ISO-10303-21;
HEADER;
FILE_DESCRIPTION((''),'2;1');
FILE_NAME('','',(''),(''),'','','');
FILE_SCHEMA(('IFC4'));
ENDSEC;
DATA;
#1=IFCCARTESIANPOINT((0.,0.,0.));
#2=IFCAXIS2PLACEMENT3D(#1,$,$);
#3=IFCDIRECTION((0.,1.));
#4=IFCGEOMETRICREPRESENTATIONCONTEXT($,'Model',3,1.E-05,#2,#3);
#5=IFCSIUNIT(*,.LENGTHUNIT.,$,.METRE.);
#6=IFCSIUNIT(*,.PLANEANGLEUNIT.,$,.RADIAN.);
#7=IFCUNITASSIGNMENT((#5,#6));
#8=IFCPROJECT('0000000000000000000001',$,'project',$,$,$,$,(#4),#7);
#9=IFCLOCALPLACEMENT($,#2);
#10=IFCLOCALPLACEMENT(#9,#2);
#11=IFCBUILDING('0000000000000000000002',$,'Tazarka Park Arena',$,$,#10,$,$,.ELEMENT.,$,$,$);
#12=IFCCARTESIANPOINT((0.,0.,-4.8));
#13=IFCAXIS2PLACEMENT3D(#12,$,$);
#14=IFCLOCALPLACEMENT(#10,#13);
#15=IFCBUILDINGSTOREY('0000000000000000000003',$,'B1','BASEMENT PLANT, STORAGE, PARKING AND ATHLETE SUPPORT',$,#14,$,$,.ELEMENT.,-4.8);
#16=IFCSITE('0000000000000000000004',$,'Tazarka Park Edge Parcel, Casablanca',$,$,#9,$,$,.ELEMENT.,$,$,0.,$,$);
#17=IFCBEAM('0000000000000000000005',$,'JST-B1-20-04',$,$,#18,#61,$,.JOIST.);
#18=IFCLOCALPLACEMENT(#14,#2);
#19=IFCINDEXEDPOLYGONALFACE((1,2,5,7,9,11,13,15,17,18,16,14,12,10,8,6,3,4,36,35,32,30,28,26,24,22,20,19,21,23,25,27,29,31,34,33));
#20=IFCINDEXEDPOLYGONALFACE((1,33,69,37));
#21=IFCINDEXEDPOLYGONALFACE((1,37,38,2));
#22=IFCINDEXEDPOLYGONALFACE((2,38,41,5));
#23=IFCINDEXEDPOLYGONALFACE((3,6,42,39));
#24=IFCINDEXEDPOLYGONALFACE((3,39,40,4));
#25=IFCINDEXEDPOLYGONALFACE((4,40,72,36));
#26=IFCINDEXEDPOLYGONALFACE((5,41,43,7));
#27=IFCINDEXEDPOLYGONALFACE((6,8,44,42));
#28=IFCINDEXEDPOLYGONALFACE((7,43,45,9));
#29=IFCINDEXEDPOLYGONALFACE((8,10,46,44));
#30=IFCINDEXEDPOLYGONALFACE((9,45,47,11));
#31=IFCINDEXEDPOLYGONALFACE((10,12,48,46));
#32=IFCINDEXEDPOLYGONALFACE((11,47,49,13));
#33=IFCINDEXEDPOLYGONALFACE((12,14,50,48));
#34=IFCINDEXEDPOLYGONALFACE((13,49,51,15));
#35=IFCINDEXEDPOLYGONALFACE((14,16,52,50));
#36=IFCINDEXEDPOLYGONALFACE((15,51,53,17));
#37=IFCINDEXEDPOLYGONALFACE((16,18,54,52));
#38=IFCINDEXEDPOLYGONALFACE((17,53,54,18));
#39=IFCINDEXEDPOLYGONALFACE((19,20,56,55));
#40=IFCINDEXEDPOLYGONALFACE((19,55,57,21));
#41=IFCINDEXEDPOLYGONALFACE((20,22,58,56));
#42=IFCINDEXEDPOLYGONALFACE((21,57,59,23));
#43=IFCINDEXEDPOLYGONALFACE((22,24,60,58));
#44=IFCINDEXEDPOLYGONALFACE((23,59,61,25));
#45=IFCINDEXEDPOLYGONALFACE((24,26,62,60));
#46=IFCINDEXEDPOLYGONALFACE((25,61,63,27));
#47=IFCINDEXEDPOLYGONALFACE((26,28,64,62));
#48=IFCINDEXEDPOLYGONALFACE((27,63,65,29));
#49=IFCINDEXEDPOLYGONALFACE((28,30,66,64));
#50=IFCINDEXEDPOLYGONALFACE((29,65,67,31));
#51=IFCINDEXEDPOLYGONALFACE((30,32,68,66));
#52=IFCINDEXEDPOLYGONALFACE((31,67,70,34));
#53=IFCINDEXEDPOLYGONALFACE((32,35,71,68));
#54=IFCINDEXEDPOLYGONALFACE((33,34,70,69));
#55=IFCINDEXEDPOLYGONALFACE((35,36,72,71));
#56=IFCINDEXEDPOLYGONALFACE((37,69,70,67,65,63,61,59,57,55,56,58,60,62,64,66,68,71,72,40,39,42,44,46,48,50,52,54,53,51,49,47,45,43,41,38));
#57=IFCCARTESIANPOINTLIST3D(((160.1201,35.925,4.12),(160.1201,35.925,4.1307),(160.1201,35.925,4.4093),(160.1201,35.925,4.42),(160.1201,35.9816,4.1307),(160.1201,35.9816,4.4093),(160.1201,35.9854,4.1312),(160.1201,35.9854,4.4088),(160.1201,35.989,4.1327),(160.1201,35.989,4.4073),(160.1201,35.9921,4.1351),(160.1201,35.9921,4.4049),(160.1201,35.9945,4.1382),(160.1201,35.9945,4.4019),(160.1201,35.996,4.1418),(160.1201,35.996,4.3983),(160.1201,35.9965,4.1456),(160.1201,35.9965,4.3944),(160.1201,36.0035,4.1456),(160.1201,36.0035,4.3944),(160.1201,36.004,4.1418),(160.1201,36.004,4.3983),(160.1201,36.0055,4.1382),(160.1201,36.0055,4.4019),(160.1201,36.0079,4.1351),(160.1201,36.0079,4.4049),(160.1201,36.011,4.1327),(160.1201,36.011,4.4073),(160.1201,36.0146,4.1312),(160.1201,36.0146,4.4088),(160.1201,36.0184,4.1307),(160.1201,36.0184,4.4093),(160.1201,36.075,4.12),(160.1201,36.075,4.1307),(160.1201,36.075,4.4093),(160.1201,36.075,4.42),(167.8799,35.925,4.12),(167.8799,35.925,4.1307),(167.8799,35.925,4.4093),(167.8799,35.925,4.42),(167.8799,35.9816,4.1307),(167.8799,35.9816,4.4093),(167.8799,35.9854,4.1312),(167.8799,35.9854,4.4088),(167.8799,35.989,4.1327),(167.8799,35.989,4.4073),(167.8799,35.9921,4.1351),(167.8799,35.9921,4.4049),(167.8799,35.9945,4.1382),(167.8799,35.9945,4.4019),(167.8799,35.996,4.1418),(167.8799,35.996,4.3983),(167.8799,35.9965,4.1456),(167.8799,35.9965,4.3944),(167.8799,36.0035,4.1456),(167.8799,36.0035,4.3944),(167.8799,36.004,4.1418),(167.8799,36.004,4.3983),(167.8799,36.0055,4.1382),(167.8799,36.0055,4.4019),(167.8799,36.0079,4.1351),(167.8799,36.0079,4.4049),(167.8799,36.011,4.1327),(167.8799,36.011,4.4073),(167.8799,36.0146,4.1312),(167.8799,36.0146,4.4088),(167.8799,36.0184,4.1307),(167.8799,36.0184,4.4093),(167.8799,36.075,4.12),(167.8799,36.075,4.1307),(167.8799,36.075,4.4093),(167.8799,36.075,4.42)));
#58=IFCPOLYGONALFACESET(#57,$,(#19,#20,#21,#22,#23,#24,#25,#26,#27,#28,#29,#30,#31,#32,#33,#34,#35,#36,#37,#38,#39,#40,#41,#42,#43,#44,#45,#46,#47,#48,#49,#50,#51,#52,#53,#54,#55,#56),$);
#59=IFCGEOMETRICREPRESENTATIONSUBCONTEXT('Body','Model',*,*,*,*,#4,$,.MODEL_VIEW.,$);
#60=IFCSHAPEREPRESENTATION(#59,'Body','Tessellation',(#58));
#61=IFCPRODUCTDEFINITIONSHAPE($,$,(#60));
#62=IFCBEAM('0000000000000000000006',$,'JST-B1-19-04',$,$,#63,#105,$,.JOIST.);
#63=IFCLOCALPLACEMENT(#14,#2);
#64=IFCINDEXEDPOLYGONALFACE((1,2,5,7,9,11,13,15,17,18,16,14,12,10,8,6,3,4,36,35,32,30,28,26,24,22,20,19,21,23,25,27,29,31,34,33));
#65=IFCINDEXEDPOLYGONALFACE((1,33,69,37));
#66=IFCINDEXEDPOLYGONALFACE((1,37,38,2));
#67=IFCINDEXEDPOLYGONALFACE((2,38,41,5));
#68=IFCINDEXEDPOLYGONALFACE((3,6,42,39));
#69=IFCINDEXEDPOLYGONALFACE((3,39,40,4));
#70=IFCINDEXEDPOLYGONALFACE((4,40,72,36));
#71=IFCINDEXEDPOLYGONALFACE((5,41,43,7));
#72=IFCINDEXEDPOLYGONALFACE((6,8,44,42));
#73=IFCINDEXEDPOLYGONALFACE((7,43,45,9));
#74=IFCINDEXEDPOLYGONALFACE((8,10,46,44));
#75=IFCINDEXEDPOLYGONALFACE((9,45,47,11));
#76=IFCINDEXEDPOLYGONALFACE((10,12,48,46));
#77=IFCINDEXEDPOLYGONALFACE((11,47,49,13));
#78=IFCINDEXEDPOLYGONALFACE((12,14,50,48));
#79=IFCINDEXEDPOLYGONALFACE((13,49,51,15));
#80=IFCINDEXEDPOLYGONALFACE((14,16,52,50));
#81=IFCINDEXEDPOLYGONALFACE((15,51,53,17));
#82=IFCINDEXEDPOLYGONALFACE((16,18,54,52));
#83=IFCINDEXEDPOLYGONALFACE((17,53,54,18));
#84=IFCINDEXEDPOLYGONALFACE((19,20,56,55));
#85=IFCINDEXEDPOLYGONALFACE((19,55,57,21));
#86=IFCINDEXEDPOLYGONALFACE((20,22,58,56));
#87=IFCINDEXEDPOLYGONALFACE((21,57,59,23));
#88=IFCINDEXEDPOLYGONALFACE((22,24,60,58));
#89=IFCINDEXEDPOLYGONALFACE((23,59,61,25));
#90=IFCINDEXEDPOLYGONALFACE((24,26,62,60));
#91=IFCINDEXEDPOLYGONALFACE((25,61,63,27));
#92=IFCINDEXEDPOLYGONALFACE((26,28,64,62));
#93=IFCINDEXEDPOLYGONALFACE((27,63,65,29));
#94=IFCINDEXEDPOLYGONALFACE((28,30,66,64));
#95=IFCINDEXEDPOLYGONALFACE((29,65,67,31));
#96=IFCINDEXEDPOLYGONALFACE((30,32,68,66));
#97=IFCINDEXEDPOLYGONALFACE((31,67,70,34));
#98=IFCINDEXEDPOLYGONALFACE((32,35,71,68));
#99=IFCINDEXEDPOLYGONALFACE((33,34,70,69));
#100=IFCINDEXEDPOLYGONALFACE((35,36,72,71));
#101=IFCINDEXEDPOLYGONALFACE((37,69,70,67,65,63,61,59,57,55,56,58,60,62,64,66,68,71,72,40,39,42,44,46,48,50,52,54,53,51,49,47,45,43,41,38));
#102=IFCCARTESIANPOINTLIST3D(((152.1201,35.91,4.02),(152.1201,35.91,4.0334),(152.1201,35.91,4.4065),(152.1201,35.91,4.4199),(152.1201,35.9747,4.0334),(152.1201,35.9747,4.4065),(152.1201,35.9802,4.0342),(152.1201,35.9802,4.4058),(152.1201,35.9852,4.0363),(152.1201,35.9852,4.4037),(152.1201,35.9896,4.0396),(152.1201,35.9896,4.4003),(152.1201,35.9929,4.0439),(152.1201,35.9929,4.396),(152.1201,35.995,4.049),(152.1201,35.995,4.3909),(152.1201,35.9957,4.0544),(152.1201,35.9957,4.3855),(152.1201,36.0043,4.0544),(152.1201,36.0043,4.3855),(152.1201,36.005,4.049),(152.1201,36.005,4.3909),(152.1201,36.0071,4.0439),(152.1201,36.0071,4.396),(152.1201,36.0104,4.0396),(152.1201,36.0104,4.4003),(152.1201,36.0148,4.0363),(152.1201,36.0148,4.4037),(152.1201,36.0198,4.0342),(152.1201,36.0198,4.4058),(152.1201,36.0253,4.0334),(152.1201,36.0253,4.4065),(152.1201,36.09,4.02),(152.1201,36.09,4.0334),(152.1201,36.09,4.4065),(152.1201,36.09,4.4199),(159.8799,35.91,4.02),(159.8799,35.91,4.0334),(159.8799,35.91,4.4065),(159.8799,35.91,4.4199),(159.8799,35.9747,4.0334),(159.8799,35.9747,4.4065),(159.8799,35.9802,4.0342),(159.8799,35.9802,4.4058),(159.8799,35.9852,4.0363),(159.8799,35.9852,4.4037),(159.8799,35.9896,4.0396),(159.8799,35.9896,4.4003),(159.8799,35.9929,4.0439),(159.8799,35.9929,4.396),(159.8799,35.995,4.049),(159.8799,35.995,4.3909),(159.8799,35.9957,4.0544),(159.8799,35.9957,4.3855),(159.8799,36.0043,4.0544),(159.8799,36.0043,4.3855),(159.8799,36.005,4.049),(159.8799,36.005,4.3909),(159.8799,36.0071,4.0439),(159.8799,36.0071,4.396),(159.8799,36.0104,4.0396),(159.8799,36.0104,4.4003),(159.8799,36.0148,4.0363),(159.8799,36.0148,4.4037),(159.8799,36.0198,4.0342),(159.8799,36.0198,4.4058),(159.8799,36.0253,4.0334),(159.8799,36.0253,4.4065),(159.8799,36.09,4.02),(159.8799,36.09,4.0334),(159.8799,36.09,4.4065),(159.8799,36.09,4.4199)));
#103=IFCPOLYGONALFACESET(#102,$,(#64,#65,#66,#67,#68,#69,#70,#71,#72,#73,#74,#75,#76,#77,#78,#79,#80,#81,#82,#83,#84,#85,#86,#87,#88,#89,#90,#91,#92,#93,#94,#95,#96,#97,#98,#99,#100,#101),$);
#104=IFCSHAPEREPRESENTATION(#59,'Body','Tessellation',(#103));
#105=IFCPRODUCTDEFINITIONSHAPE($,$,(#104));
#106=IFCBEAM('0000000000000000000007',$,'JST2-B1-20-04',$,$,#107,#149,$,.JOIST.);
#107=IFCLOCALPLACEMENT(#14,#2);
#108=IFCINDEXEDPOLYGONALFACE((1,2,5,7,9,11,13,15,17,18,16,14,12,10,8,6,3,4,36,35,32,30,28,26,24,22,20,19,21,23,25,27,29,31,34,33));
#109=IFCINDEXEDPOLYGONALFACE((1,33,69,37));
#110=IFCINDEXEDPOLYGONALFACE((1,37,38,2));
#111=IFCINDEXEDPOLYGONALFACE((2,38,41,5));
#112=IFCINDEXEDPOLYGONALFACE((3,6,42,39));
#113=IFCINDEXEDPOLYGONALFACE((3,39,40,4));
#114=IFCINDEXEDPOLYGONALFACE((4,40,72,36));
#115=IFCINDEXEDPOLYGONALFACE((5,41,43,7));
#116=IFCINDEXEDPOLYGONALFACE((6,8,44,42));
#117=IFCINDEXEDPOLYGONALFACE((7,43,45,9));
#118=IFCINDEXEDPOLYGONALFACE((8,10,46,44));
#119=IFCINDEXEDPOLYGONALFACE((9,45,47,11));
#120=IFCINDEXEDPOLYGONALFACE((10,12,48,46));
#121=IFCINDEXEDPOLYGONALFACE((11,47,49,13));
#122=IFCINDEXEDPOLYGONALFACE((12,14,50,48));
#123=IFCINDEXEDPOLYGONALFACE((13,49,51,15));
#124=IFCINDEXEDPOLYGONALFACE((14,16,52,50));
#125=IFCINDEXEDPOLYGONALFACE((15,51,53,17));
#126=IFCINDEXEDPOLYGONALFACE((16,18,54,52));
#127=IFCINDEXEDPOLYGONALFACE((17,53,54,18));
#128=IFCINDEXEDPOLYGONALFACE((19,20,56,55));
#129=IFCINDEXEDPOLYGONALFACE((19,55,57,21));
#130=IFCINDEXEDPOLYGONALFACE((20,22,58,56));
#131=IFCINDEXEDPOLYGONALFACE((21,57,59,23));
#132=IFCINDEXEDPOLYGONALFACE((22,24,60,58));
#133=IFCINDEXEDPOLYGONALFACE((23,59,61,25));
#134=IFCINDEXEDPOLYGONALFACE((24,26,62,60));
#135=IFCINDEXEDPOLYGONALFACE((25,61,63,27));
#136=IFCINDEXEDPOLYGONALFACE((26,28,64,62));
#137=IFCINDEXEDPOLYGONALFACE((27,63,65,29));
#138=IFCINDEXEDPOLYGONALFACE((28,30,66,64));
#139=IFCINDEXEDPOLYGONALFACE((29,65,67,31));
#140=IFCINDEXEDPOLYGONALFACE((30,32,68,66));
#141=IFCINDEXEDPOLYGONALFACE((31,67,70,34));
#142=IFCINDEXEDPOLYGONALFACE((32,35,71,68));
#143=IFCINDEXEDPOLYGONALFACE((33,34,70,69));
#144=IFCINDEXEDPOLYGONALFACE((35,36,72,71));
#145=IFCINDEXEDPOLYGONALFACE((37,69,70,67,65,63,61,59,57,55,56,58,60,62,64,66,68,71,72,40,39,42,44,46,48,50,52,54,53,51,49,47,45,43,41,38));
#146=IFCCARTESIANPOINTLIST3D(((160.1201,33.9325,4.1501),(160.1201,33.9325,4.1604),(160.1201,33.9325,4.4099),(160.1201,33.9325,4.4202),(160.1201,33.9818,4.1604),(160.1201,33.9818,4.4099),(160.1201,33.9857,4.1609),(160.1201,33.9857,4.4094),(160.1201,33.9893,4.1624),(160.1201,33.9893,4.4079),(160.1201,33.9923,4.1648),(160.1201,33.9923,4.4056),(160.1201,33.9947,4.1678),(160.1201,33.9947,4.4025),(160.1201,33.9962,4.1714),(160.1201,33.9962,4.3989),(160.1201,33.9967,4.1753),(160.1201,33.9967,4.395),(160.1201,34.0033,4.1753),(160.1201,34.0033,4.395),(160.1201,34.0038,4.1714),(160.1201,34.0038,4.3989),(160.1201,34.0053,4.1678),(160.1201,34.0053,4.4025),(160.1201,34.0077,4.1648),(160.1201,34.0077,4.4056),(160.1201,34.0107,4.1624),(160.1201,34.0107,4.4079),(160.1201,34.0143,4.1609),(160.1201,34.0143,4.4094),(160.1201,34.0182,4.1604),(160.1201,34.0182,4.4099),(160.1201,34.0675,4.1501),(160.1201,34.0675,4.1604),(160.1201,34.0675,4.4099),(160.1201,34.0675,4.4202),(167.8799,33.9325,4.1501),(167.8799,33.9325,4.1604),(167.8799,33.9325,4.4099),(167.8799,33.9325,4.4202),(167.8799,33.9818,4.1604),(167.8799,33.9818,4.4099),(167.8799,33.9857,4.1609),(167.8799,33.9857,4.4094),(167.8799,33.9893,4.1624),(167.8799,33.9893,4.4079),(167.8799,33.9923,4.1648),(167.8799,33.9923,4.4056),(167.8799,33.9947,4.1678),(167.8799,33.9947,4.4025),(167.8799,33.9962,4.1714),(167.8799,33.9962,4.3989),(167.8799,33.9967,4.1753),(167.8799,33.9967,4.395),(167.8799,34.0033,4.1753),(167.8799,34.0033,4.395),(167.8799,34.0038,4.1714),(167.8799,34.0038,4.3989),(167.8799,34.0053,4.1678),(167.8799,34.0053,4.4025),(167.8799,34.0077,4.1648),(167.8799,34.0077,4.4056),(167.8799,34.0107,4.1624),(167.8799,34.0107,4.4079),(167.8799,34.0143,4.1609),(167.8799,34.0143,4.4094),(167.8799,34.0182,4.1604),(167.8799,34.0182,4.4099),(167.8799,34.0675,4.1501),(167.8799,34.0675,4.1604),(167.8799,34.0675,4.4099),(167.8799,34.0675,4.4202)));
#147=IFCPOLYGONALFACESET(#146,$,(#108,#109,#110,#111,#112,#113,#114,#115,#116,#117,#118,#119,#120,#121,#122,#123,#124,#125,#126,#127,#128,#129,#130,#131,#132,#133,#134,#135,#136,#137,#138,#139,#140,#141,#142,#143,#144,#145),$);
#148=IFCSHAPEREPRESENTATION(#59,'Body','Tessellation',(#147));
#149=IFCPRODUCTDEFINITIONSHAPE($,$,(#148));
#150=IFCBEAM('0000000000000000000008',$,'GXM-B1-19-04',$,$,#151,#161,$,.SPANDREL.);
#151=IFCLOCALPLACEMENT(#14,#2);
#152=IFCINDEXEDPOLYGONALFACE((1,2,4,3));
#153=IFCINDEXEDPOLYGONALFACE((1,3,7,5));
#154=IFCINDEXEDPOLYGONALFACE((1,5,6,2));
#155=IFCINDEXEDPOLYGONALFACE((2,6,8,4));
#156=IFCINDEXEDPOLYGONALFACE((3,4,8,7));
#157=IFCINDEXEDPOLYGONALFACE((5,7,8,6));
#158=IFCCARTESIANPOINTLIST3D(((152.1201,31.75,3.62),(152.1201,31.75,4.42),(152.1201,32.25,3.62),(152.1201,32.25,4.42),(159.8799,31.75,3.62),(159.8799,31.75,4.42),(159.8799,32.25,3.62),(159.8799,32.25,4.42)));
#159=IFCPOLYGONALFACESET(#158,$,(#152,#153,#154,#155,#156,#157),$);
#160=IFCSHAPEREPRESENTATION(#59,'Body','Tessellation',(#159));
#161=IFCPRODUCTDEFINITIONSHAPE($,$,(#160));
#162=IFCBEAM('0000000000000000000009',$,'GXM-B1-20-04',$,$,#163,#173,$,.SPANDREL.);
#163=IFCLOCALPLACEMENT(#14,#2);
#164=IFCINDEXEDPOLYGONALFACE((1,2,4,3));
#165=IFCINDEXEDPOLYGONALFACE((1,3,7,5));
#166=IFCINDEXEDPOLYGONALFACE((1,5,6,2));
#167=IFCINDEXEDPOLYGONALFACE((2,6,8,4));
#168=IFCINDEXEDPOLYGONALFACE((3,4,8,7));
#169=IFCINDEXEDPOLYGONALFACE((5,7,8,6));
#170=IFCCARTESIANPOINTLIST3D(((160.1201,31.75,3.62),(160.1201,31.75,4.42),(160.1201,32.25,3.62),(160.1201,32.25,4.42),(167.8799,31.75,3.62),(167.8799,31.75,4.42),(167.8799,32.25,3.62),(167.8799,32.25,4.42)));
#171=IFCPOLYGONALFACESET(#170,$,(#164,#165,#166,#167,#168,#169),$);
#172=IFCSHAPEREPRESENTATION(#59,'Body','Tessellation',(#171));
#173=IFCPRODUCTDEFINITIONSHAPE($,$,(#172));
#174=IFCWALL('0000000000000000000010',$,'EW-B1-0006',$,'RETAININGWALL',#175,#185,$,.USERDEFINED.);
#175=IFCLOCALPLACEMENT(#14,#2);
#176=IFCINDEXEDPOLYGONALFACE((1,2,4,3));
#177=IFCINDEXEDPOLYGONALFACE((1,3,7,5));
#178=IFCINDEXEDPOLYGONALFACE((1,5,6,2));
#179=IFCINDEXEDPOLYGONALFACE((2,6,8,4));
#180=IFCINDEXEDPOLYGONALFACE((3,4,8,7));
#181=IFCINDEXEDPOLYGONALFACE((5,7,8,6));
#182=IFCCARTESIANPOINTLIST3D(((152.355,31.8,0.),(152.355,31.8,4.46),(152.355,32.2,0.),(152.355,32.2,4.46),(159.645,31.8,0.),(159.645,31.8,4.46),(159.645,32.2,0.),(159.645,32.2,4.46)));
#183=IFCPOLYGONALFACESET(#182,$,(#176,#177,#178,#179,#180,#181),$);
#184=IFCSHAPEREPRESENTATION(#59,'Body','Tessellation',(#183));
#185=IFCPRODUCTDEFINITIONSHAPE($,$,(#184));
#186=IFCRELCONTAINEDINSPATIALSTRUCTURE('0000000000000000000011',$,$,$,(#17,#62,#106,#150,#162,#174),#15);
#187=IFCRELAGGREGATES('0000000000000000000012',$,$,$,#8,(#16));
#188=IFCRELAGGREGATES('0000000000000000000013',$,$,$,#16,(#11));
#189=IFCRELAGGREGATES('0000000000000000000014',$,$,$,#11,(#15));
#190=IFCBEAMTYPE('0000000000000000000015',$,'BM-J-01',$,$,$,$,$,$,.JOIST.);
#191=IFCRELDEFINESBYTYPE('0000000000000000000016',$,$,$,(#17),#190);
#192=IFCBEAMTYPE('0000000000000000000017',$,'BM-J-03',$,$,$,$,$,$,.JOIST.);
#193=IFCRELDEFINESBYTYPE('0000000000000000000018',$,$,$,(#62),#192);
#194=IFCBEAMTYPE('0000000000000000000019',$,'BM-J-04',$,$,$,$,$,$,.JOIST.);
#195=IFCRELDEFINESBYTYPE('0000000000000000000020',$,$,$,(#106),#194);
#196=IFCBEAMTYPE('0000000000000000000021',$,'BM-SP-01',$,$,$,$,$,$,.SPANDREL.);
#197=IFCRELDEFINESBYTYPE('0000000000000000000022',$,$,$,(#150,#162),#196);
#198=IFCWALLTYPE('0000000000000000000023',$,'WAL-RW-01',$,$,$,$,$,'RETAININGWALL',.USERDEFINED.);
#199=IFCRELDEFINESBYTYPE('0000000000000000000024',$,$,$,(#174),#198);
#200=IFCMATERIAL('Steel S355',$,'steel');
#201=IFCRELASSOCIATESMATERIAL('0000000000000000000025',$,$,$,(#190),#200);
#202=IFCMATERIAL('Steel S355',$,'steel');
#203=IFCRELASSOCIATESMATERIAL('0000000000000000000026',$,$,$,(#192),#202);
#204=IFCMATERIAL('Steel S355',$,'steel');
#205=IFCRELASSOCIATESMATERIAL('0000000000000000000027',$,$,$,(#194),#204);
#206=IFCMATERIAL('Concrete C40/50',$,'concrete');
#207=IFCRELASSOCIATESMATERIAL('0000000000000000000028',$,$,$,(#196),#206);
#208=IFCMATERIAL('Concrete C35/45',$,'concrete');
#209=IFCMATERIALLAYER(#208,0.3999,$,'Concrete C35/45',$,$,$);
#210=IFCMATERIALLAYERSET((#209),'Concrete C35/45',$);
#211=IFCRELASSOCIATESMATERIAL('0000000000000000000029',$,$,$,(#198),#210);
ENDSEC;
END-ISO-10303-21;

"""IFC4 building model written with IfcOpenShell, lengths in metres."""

from ifc_helpers import new_model, si_unit, direction, frame, frame_2d, origin, origin_2d, place, context, subcontext, project, spatial, rectangle, i_section, extrude, material, layer, layer_set, material_profile, profile_set, type_object, element, save


model = new_model("IFC4")

# Units and contexts
model_context = context("Model", 3, precision=1e-05, world=origin(), true_north=direction((0.0, 1.0)))
body_context = subcontext(model_context, "Body", "Model", "MODEL_VIEW")
ifc_project = project(units=[si_unit("LENGTHUNIT", "METRE"), si_unit("PLANEANGLEUNIT", "RADIAN")], contexts=[model_context])

# Site, building, storey
site_placement = place(None, origin())
site = spatial("IfcSite", under=ifc_project, at=site_placement, Name="Tazarka Park Edge Parcel, Casablanca", CompositionType="ELEMENT", RefElevation=0.0)
building_placement = place(site_placement, origin())
building = spatial("IfcBuilding", under=site, at=building_placement, Name="Tazarka Park Arena", CompositionType="ELEMENT")
storey_placement = place(building_placement, frame((0.0, 0.0, -4.8)))
storey = spatial("IfcBuildingStorey", under=building, at=storey_placement, Name="B1", Description="BASEMENT PLANT, STORAGE, PARKING AND ATHLETE SUPPORT", CompositionType="ELEMENT", Elevation=-4.8)

# Beams
ifc_material_1 = material(Name="Steel S355", Category="steel")
ifc_material_profile_1 = material_profile(ifc_material_1, i_section(OverallWidth=0.1499, OverallDepth=0.3, WebThickness=0.0071, FlangeThickness=0.0107, FilletRadius=0.0149, at=origin_2d()), Name="Steel S355")
ifc_profile_set_1 = profile_set([ifc_material_profile_1], Name="Steel S355")
beam_type_1 = type_object("IfcBeamType", Name="BM-J-01", PredefinedType="JOIST", material=ifc_profile_set_1)
beam_1_placement = place(storey_placement, frame((160.1201, 36.0, 4.27), z_axis=(1.0, 0.0, 0.0), x_axis=(0.0, 1.0, 0.0)))
element("IfcBeam", 1, at=beam_1_placement, inside=storey, type_object=beam_type_1, Name="JST-B1-20-04", PredefinedType="JOIST", context=body_context, shape_type="SweptSolid", body=[
    extrude(i_section(OverallWidth=0.1499, OverallDepth=0.3, WebThickness=0.0071, FlangeThickness=0.0107, FilletRadius=0.0149, at=origin_2d()), origin(), (0.0, 0.0, 1.0), 7.7598),
])
ifc_material_2 = material(Name="Steel S355", Category="steel")
ifc_material_profile_2 = material_profile(ifc_material_2, i_section(OverallWidth=0.1799, OverallDepth=0.3999, WebThickness=0.0085, FlangeThickness=0.0134, FilletRadius=0.021, at=origin_2d()), Name="Steel S355")
ifc_profile_set_2 = profile_set([ifc_material_profile_2], Name="Steel S355")
beam_type_2 = type_object("IfcBeamType", Name="BM-J-03", PredefinedType="JOIST", material=ifc_profile_set_2)
beam_2_placement = place(storey_placement, frame((152.1201, 36.0, 4.22), z_axis=(1.0, 0.0, 0.0), x_axis=(0.0, 1.0, 0.0)))
element("IfcBeam", 2, at=beam_2_placement, inside=storey, type_object=beam_type_2, Name="JST-B1-19-04", PredefinedType="JOIST", context=body_context, shape_type="SweptSolid", body=[
    extrude(i_section(OverallWidth=0.1799, OverallDepth=0.3999, WebThickness=0.0085, FlangeThickness=0.0134, FilletRadius=0.021, at=origin_2d()), origin(), (0.0, 0.0, 1.0), 7.7598),
])
ifc_material_3 = material(Name="Steel S355", Category="steel")
ifc_material_profile_3 = material_profile(ifc_material_3, i_section(OverallWidth=0.135, OverallDepth=0.27, WebThickness=0.0066, FlangeThickness=0.0103, FilletRadius=0.0149, at=origin_2d()), Name="Steel S355")
ifc_profile_set_3 = profile_set([ifc_material_profile_3], Name="Steel S355")
beam_type_3 = type_object("IfcBeamType", Name="BM-J-04", PredefinedType="JOIST", material=ifc_profile_set_3)
beam_3_placement = place(storey_placement, frame((160.1201, 34.0, 4.2852), z_axis=(1.0, 0.0, 0.0), x_axis=(0.0, 1.0, 0.0)))
element("IfcBeam", 3, at=beam_3_placement, inside=storey, type_object=beam_type_3, Name="JST2-B1-20-04", PredefinedType="JOIST", context=body_context, shape_type="SweptSolid", body=[
    extrude(i_section(OverallWidth=0.135, OverallDepth=0.27, WebThickness=0.0066, FlangeThickness=0.0103, FilletRadius=0.0149, at=origin_2d()), origin(), (0.0, 0.0, 1.0), 7.7598),
])
ifc_material_4 = material(Name="Concrete C40/50", Category="concrete")
ifc_material_profile_4 = material_profile(ifc_material_4, rectangle(XDim=0.5, YDim=0.8, at=origin_2d()), Name="Concrete C40/50")
ifc_profile_set_4 = profile_set([ifc_material_profile_4], Name="Concrete C40/50")
beam_type_4 = type_object("IfcBeamType", Name="BM-SP-01", PredefinedType="SPANDREL", material=ifc_profile_set_4)
for number, where, z_axis, x_axis, name in (
    (4, (152.1201, 32.0, 4.02), (1.0, 0.0, 0.0), (0.0, 1.0, 0.0), "GXM-B1-19-04"),
    (5, (160.1201, 32.0, 4.02), (1.0, 0.0, 0.0), (0.0, 1.0, 0.0), "GXM-B1-20-04"),
):
    element("IfcBeam", number, at=place(storey_placement, frame(where, z_axis=z_axis, x_axis=x_axis)), inside=storey, type_object=beam_type_4, Name=name, PredefinedType="SPANDREL", context=body_context, shape_type="SweptSolid", body=[
        extrude(rectangle(XDim=0.5, YDim=0.8, at=origin_2d()), origin(), (0.0, 0.0, 1.0), 7.7598),
    ])

# Wall
ifc_material_5 = material(Name="Concrete C35/45", Category="concrete")
ifc_layer_1 = layer(ifc_material_5, 0.3999, Name="Concrete C35/45")
ifc_layer_set_1 = layer_set([ifc_layer_1], Name="Concrete C35/45")
wall_type_1 = type_object("IfcWallType", Name="WAL-RW-01", ElementType="RETAININGWALL", PredefinedType="USERDEFINED", material=ifc_layer_set_1)
wall_1_placement = place(storey_placement, frame((159.645, 32.0, 0.0), z_axis=(0.0, 0.0, 1.0), x_axis=(-1.0, 0.0, 0.0)))
element("IfcWall", 6, at=wall_1_placement, inside=storey, type_object=wall_type_1, Name="EW-B1-0006", ObjectType="RETAININGWALL", PredefinedType="USERDEFINED", context=body_context, shape_type="SweptSolid", body=[
    extrude(rectangle(XDim=7.29, YDim=0.3999, at=frame_2d((3.645, 0.0))), origin(), (0.0, 0.0, 1.0), 4.46),
])

save(model, "model.ifc")
